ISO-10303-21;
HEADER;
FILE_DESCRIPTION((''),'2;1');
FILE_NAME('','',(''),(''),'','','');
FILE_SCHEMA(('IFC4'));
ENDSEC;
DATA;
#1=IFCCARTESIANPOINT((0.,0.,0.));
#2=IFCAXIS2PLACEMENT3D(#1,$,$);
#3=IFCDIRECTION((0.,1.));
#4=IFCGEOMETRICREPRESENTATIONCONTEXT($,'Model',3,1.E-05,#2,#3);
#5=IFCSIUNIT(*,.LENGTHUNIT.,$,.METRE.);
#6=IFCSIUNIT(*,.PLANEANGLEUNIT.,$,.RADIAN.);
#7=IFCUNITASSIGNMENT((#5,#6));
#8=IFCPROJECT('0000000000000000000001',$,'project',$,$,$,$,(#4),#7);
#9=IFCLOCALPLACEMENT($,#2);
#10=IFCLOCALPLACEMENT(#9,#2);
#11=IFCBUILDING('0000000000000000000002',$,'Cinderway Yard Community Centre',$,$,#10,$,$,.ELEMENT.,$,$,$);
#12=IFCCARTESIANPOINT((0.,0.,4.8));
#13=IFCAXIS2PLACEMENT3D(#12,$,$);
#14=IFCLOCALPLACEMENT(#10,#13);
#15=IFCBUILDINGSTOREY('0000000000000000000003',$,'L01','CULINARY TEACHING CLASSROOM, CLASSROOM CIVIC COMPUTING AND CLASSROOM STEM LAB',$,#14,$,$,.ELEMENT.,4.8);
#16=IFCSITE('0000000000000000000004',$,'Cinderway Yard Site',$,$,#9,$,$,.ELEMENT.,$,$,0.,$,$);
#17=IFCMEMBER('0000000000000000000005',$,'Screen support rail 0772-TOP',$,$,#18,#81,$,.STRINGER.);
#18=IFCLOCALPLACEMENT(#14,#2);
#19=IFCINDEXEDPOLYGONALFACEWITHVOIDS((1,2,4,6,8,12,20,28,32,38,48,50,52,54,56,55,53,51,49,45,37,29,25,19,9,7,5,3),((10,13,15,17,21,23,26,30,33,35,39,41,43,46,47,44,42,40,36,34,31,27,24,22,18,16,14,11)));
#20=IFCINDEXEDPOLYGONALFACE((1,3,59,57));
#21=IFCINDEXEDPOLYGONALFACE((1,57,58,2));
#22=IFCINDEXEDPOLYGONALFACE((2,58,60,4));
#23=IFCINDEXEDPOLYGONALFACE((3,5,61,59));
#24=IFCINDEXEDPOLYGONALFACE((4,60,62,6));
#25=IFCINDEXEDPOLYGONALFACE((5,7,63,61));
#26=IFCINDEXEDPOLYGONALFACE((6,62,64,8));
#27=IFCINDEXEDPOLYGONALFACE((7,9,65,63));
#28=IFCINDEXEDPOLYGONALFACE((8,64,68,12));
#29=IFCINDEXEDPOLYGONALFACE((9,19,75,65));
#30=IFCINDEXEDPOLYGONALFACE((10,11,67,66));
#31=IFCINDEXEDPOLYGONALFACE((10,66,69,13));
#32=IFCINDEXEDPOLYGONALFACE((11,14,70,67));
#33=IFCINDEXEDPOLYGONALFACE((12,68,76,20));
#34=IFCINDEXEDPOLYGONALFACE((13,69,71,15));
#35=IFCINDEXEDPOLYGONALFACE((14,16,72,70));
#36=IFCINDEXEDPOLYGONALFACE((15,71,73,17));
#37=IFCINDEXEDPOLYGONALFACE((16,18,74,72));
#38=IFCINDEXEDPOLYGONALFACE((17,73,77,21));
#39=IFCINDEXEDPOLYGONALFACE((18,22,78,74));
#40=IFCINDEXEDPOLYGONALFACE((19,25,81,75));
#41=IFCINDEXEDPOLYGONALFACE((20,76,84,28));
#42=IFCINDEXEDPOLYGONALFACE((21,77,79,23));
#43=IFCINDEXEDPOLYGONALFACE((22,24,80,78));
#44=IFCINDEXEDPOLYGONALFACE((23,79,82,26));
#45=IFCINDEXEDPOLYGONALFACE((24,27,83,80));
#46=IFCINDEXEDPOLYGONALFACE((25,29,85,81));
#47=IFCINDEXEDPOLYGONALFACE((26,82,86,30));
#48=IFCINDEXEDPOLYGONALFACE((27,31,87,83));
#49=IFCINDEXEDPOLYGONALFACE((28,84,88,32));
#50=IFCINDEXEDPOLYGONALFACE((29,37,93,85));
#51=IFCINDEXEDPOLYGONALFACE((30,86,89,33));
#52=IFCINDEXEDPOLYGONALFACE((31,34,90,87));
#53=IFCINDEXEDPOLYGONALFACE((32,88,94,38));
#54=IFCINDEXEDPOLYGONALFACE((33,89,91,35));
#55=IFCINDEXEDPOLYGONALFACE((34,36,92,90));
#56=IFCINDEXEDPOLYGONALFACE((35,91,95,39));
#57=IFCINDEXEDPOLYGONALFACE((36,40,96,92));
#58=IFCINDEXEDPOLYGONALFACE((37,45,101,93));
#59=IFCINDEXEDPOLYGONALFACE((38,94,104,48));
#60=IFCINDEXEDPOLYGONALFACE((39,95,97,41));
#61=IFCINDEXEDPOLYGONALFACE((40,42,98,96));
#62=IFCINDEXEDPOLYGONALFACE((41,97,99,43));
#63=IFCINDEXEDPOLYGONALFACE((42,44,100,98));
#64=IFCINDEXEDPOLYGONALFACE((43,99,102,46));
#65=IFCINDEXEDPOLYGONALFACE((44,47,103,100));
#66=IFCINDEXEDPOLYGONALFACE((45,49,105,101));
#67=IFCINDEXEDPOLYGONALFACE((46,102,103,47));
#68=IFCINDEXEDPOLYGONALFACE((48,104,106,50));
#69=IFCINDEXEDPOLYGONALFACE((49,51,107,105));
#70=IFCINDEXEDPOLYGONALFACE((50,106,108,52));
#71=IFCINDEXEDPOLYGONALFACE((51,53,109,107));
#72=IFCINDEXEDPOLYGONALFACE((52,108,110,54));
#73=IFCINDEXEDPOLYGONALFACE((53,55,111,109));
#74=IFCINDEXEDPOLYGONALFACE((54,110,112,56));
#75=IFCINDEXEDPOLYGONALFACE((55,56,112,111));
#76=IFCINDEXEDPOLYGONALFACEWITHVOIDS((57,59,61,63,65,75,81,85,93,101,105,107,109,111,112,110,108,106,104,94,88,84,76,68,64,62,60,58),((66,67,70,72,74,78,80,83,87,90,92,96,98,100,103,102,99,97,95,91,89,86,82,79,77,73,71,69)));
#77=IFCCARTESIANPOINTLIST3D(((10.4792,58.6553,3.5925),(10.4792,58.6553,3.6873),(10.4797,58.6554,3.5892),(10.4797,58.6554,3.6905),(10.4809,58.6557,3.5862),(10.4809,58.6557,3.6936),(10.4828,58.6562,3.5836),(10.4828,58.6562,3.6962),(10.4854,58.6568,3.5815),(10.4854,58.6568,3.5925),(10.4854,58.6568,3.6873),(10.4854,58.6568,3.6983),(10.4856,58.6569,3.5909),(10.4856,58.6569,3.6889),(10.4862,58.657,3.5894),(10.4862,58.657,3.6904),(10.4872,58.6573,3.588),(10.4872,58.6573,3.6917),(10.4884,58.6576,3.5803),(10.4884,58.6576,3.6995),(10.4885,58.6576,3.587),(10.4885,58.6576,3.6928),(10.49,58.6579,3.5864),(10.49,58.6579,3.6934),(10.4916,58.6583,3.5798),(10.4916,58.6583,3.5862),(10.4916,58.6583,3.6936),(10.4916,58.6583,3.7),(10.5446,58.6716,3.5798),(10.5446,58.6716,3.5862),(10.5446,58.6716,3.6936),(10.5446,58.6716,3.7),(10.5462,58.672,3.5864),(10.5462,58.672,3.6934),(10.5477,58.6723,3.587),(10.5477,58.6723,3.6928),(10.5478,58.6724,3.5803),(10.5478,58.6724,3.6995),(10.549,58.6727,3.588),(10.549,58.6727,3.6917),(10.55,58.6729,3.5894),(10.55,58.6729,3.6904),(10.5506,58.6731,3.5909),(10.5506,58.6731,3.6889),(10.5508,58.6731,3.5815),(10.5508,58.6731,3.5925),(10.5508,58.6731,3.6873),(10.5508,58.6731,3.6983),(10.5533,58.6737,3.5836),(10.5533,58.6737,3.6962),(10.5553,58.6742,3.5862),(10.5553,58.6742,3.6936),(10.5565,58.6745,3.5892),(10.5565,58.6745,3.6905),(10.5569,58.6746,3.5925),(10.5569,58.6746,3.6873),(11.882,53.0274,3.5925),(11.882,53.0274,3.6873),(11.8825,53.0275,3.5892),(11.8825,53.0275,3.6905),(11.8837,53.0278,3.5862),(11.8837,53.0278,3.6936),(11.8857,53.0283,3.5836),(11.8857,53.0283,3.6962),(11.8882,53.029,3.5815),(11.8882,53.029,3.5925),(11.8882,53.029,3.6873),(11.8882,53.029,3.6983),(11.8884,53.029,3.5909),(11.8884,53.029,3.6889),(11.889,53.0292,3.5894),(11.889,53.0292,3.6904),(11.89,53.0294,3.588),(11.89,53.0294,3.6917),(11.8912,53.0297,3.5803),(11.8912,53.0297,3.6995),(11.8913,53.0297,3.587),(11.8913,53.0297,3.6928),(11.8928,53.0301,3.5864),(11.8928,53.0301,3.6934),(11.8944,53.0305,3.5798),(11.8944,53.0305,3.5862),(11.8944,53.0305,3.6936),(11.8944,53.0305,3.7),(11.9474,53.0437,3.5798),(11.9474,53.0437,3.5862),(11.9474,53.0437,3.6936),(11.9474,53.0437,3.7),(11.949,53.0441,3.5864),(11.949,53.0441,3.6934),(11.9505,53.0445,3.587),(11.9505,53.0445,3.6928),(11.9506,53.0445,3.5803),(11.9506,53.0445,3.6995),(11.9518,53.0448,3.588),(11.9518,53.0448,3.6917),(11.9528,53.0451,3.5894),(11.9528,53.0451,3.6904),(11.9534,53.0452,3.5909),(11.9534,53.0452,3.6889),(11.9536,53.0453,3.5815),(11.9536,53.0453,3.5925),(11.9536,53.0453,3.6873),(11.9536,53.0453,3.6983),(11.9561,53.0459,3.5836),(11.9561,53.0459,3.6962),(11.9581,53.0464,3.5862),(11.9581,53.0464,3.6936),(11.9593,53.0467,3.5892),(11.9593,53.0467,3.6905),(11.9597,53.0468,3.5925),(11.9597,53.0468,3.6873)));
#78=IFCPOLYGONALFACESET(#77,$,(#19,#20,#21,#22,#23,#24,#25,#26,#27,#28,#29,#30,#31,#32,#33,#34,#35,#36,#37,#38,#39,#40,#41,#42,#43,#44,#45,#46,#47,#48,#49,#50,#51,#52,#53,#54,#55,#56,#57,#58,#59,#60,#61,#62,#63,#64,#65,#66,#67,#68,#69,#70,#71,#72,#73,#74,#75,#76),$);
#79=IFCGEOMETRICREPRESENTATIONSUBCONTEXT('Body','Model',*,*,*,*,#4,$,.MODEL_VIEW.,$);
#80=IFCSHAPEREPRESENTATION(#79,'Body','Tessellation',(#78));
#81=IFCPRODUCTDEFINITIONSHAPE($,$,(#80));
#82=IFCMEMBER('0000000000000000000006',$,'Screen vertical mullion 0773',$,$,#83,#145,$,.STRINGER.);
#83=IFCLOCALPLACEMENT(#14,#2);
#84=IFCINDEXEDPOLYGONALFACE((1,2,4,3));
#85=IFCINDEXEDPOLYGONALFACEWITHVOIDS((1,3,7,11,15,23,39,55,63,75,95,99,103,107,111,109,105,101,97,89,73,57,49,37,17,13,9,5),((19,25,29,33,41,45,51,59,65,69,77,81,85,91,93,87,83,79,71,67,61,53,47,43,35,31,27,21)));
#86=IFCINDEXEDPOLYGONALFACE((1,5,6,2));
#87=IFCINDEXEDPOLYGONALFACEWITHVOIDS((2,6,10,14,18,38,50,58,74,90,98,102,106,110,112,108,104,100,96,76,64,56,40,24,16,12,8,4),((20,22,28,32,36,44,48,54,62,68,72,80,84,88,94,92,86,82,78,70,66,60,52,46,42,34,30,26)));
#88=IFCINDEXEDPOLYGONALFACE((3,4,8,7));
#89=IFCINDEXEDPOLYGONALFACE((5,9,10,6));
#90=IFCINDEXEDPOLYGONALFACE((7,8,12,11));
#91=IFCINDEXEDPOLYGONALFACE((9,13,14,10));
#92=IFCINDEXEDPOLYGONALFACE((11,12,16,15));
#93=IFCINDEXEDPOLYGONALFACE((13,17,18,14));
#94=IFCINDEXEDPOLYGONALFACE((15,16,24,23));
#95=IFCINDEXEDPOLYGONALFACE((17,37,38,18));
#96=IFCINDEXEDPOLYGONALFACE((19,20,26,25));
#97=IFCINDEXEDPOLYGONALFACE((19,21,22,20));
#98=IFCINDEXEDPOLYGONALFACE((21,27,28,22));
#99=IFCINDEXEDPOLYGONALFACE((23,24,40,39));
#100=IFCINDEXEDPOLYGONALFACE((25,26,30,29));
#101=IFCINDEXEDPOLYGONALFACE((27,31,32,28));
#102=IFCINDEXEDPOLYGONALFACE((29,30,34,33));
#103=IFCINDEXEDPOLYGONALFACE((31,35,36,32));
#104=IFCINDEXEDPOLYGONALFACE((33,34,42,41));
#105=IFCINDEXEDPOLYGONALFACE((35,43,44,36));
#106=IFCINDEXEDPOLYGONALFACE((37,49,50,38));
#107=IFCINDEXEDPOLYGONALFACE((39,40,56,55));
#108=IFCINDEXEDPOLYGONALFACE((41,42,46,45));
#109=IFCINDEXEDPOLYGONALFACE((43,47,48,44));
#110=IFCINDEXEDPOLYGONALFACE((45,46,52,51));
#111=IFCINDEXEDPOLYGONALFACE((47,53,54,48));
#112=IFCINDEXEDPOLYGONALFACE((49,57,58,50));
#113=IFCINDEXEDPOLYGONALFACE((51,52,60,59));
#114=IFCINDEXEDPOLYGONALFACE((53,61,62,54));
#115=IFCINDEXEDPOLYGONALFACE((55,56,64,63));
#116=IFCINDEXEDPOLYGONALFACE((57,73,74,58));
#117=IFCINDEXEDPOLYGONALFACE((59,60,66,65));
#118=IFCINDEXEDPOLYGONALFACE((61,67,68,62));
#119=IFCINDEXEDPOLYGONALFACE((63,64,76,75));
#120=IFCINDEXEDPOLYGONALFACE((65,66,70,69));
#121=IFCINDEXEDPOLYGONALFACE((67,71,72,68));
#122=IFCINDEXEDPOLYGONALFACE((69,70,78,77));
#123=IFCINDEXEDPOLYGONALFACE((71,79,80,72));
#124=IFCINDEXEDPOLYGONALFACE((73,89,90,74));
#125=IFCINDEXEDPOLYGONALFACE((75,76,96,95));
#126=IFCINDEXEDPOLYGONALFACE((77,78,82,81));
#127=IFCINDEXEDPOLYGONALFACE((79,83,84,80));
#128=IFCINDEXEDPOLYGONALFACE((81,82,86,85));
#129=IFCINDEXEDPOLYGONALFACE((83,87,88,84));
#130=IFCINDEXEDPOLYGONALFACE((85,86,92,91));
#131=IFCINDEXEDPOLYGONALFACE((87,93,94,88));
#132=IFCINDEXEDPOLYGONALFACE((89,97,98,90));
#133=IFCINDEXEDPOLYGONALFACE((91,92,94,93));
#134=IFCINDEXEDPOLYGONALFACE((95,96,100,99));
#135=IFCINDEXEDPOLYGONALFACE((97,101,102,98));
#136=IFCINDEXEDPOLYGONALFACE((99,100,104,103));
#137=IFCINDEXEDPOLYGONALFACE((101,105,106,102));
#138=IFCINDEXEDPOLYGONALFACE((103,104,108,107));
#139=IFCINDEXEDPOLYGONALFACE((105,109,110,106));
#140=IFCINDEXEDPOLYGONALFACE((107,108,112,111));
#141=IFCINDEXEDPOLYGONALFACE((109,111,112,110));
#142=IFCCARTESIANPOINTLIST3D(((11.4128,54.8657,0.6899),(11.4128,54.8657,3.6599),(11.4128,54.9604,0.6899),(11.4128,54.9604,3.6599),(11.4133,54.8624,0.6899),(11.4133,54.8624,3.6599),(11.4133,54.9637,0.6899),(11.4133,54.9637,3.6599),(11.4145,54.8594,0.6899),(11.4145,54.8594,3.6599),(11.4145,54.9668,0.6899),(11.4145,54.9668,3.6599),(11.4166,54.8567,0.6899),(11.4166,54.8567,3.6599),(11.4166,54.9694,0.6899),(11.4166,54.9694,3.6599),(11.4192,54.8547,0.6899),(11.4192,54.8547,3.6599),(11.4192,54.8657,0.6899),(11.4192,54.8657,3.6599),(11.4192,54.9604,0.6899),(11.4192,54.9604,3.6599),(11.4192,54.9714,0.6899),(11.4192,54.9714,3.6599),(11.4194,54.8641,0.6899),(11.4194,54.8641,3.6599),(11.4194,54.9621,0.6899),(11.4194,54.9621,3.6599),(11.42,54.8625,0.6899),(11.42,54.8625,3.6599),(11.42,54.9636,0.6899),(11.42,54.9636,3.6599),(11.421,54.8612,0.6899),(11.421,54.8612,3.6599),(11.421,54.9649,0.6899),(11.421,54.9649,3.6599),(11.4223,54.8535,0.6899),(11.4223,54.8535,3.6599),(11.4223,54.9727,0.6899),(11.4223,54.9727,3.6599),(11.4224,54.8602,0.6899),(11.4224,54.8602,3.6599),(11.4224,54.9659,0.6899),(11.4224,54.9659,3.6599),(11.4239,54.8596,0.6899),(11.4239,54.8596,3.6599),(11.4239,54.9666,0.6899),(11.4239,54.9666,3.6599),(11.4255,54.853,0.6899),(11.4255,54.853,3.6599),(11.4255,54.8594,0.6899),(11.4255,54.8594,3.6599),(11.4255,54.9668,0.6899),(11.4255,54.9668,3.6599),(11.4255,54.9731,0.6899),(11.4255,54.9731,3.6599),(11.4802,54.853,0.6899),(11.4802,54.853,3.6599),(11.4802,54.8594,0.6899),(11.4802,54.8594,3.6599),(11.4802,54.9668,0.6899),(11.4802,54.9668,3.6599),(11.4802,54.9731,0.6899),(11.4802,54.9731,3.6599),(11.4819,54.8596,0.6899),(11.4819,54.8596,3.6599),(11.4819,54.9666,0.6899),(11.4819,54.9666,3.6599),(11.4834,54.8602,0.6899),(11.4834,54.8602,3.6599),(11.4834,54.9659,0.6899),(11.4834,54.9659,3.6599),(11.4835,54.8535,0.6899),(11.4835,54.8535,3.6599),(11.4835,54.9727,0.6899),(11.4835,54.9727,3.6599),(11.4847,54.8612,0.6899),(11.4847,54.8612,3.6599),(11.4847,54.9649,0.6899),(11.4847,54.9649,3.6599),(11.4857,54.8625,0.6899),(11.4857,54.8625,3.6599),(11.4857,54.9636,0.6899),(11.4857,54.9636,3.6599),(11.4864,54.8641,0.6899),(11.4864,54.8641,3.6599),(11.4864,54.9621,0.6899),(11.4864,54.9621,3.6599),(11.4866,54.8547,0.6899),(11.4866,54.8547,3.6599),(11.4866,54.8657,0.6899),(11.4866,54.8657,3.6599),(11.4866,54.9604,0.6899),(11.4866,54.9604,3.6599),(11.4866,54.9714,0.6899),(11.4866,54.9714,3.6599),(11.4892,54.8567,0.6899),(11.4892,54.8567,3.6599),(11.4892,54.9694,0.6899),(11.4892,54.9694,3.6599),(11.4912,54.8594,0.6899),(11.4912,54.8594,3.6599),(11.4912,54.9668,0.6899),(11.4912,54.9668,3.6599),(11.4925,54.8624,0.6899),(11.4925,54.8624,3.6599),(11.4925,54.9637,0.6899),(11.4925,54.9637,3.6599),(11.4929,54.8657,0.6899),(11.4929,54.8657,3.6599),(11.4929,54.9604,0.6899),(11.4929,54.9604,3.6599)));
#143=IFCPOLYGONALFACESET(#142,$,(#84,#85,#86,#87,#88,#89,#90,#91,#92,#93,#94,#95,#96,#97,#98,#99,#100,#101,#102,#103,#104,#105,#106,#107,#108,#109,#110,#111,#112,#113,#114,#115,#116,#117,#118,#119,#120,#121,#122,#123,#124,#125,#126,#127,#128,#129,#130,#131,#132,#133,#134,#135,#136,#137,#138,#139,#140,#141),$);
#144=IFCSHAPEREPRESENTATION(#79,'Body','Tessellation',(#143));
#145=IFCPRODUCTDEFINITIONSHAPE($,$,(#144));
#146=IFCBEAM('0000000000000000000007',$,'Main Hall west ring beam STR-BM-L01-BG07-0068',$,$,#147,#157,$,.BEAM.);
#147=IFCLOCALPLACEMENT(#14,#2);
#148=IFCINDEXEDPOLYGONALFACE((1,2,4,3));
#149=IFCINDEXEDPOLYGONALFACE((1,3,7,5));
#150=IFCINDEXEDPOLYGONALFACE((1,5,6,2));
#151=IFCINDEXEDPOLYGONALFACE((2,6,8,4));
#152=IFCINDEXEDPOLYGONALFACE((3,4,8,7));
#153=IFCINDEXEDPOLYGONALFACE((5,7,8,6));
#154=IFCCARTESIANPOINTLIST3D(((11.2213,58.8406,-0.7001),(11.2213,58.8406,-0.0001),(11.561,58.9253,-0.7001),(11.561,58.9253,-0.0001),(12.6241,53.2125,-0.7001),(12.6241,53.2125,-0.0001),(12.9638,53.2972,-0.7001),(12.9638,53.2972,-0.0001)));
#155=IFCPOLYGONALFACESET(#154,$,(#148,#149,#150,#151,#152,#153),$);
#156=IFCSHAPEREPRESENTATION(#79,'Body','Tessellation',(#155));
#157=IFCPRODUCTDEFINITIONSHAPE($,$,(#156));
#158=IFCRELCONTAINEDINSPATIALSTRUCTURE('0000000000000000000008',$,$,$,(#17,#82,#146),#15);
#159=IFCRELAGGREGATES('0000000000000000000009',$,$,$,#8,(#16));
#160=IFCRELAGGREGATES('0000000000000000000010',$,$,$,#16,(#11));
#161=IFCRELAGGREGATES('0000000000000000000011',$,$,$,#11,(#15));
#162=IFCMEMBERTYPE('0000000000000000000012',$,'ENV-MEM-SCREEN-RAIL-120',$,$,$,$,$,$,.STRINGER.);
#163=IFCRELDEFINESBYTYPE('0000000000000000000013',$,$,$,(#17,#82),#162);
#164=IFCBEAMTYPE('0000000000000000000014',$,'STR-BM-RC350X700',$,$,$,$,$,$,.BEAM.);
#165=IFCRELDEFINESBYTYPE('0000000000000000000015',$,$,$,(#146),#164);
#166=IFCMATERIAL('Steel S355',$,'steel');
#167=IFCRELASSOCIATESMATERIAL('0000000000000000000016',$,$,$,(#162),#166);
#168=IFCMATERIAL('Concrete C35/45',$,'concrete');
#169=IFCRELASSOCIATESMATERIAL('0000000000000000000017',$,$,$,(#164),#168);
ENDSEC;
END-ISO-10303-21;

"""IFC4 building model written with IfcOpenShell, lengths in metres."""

from ifc_helpers import new_model, si_unit, direction, frame, origin, origin_2d, place, context, subcontext, project, spatial, rectangle, hollow_rectangle, extrude, material, material_profile, profile_set, type_object, element, save


model = new_model("IFC4")

# Units and contexts
model_context = context("Model", 3, precision=1e-05, world=origin(), true_north=direction((0.0, 1.0)))
body_context = subcontext(model_context, "Body", "Model", "MODEL_VIEW")
ifc_project = project(units=[si_unit("LENGTHUNIT", "METRE"), si_unit("PLANEANGLEUNIT", "RADIAN")], contexts=[model_context])

# Site, building, storey
site_placement = place(None, origin())
site = spatial("IfcSite", under=ifc_project, at=site_placement, Name="Cinderway Yard Site", CompositionType="ELEMENT", RefElevation=0.0)
building_placement = place(site_placement, origin())
building = spatial("IfcBuilding", under=site, at=building_placement, Name="Cinderway Yard Community Centre", CompositionType="ELEMENT")
storey_placement = place(building_placement, frame((0.0, 0.0, 4.8)))
storey = spatial("IfcBuildingStorey", under=building, at=storey_placement, Name="L01", Description="CULINARY TEACHING CLASSROOM, CLASSROOM CIVIC COMPUTING AND CLASSROOM STEM LAB", CompositionType="ELEMENT", Elevation=4.8)

# Members
ifc_material_1 = material(Name="Steel S355", Category="steel")
ifc_material_profile_1 = material_profile(ifc_material_1, hollow_rectangle(XDim=0.0801, YDim=0.1201, WallThickness=0.0063, InnerFilletRadius=0.0063, OuterFilletRadius=0.0127, at=origin_2d()), Name="Steel S355")
ifc_profile_set_1 = profile_set([ifc_material_profile_1], Name="Steel S355")
member_type_1 = type_object("IfcMemberType", Name="ENV-MEM-SCREEN-RAIL-120", PredefinedType="STRINGER", material=ifc_profile_set_1)
for number, where, z_axis, x_axis, name in (
    (1, (11.9209, 53.0371, 3.6399), (-0.241862, 0.970311, 0.0), (-0.970311, -0.241862, 0.0), "Screen support rail 0772-TOP"),
):
    element("IfcMember", number, at=place(storey_placement, frame(where, z_axis=z_axis, x_axis=x_axis)), inside=storey, type_object=member_type_1, Name=name, PredefinedType="STRINGER", context=body_context, shape_type="SweptSolid", body=[
        extrude(hollow_rectangle(XDim=0.0801, YDim=0.1201, WallThickness=0.0063, InnerFilletRadius=0.0063, OuterFilletRadius=0.0127, at=origin_2d()), origin(), (0.0, 0.0, 1.0), 5.8),
    ])
member_placement = place(storey_placement, frame((11.4529, 54.9131, 0.6899), z_axis=(0.0, 0.0, 1.0), x_axis=(1.0, 0.0, 0.0)))
element("IfcMember", 2, at=member_placement, inside=storey, type_object=member_type_1, Name="Screen vertical mullion 0773", PredefinedType="STRINGER", context=body_context, shape_type="SweptSolid", body=[
    extrude(hollow_rectangle(XDim=0.0801, YDim=0.1201, WallThickness=0.0063, InnerFilletRadius=0.0063, OuterFilletRadius=0.0127, at=origin_2d()), origin(), (0.0, 0.0, 1.0), 2.97),
])

# Beam
ifc_material_2 = material(Name="Concrete C35/45", Category="concrete")
ifc_material_profile_2 = material_profile(ifc_material_2, rectangle(XDim=0.3501, YDim=0.7, at=origin_2d()), Name="Concrete C35/45")
ifc_profile_set_2 = profile_set([ifc_material_profile_2], Name="Concrete C35/45")
beam_type_1 = type_object("IfcBeamType", Name="STR-BM-RC350X700", PredefinedType="BEAM", material=ifc_profile_set_2)
beam_1_placement = place(storey_placement, frame((12.7939, 53.2549, -0.3501), z_axis=(-0.241852, 0.970313, 0.0), x_axis=(-0.970313, -0.241852, 0.0)))
element("IfcBeam", 3, at=beam_1_placement, inside=storey, type_object=beam_type_1, Name="Main Hall west ring beam STR-BM-L01-BG07-0068", PredefinedType="BEAM", context=body_context, shape_type="SweptSolid", body=[
    extrude(rectangle(XDim=0.3501, YDim=0.7, at=origin_2d()), origin(), (0.0, 0.0, 1.0), 5.8003),
])

save(model, "model.ifc")
